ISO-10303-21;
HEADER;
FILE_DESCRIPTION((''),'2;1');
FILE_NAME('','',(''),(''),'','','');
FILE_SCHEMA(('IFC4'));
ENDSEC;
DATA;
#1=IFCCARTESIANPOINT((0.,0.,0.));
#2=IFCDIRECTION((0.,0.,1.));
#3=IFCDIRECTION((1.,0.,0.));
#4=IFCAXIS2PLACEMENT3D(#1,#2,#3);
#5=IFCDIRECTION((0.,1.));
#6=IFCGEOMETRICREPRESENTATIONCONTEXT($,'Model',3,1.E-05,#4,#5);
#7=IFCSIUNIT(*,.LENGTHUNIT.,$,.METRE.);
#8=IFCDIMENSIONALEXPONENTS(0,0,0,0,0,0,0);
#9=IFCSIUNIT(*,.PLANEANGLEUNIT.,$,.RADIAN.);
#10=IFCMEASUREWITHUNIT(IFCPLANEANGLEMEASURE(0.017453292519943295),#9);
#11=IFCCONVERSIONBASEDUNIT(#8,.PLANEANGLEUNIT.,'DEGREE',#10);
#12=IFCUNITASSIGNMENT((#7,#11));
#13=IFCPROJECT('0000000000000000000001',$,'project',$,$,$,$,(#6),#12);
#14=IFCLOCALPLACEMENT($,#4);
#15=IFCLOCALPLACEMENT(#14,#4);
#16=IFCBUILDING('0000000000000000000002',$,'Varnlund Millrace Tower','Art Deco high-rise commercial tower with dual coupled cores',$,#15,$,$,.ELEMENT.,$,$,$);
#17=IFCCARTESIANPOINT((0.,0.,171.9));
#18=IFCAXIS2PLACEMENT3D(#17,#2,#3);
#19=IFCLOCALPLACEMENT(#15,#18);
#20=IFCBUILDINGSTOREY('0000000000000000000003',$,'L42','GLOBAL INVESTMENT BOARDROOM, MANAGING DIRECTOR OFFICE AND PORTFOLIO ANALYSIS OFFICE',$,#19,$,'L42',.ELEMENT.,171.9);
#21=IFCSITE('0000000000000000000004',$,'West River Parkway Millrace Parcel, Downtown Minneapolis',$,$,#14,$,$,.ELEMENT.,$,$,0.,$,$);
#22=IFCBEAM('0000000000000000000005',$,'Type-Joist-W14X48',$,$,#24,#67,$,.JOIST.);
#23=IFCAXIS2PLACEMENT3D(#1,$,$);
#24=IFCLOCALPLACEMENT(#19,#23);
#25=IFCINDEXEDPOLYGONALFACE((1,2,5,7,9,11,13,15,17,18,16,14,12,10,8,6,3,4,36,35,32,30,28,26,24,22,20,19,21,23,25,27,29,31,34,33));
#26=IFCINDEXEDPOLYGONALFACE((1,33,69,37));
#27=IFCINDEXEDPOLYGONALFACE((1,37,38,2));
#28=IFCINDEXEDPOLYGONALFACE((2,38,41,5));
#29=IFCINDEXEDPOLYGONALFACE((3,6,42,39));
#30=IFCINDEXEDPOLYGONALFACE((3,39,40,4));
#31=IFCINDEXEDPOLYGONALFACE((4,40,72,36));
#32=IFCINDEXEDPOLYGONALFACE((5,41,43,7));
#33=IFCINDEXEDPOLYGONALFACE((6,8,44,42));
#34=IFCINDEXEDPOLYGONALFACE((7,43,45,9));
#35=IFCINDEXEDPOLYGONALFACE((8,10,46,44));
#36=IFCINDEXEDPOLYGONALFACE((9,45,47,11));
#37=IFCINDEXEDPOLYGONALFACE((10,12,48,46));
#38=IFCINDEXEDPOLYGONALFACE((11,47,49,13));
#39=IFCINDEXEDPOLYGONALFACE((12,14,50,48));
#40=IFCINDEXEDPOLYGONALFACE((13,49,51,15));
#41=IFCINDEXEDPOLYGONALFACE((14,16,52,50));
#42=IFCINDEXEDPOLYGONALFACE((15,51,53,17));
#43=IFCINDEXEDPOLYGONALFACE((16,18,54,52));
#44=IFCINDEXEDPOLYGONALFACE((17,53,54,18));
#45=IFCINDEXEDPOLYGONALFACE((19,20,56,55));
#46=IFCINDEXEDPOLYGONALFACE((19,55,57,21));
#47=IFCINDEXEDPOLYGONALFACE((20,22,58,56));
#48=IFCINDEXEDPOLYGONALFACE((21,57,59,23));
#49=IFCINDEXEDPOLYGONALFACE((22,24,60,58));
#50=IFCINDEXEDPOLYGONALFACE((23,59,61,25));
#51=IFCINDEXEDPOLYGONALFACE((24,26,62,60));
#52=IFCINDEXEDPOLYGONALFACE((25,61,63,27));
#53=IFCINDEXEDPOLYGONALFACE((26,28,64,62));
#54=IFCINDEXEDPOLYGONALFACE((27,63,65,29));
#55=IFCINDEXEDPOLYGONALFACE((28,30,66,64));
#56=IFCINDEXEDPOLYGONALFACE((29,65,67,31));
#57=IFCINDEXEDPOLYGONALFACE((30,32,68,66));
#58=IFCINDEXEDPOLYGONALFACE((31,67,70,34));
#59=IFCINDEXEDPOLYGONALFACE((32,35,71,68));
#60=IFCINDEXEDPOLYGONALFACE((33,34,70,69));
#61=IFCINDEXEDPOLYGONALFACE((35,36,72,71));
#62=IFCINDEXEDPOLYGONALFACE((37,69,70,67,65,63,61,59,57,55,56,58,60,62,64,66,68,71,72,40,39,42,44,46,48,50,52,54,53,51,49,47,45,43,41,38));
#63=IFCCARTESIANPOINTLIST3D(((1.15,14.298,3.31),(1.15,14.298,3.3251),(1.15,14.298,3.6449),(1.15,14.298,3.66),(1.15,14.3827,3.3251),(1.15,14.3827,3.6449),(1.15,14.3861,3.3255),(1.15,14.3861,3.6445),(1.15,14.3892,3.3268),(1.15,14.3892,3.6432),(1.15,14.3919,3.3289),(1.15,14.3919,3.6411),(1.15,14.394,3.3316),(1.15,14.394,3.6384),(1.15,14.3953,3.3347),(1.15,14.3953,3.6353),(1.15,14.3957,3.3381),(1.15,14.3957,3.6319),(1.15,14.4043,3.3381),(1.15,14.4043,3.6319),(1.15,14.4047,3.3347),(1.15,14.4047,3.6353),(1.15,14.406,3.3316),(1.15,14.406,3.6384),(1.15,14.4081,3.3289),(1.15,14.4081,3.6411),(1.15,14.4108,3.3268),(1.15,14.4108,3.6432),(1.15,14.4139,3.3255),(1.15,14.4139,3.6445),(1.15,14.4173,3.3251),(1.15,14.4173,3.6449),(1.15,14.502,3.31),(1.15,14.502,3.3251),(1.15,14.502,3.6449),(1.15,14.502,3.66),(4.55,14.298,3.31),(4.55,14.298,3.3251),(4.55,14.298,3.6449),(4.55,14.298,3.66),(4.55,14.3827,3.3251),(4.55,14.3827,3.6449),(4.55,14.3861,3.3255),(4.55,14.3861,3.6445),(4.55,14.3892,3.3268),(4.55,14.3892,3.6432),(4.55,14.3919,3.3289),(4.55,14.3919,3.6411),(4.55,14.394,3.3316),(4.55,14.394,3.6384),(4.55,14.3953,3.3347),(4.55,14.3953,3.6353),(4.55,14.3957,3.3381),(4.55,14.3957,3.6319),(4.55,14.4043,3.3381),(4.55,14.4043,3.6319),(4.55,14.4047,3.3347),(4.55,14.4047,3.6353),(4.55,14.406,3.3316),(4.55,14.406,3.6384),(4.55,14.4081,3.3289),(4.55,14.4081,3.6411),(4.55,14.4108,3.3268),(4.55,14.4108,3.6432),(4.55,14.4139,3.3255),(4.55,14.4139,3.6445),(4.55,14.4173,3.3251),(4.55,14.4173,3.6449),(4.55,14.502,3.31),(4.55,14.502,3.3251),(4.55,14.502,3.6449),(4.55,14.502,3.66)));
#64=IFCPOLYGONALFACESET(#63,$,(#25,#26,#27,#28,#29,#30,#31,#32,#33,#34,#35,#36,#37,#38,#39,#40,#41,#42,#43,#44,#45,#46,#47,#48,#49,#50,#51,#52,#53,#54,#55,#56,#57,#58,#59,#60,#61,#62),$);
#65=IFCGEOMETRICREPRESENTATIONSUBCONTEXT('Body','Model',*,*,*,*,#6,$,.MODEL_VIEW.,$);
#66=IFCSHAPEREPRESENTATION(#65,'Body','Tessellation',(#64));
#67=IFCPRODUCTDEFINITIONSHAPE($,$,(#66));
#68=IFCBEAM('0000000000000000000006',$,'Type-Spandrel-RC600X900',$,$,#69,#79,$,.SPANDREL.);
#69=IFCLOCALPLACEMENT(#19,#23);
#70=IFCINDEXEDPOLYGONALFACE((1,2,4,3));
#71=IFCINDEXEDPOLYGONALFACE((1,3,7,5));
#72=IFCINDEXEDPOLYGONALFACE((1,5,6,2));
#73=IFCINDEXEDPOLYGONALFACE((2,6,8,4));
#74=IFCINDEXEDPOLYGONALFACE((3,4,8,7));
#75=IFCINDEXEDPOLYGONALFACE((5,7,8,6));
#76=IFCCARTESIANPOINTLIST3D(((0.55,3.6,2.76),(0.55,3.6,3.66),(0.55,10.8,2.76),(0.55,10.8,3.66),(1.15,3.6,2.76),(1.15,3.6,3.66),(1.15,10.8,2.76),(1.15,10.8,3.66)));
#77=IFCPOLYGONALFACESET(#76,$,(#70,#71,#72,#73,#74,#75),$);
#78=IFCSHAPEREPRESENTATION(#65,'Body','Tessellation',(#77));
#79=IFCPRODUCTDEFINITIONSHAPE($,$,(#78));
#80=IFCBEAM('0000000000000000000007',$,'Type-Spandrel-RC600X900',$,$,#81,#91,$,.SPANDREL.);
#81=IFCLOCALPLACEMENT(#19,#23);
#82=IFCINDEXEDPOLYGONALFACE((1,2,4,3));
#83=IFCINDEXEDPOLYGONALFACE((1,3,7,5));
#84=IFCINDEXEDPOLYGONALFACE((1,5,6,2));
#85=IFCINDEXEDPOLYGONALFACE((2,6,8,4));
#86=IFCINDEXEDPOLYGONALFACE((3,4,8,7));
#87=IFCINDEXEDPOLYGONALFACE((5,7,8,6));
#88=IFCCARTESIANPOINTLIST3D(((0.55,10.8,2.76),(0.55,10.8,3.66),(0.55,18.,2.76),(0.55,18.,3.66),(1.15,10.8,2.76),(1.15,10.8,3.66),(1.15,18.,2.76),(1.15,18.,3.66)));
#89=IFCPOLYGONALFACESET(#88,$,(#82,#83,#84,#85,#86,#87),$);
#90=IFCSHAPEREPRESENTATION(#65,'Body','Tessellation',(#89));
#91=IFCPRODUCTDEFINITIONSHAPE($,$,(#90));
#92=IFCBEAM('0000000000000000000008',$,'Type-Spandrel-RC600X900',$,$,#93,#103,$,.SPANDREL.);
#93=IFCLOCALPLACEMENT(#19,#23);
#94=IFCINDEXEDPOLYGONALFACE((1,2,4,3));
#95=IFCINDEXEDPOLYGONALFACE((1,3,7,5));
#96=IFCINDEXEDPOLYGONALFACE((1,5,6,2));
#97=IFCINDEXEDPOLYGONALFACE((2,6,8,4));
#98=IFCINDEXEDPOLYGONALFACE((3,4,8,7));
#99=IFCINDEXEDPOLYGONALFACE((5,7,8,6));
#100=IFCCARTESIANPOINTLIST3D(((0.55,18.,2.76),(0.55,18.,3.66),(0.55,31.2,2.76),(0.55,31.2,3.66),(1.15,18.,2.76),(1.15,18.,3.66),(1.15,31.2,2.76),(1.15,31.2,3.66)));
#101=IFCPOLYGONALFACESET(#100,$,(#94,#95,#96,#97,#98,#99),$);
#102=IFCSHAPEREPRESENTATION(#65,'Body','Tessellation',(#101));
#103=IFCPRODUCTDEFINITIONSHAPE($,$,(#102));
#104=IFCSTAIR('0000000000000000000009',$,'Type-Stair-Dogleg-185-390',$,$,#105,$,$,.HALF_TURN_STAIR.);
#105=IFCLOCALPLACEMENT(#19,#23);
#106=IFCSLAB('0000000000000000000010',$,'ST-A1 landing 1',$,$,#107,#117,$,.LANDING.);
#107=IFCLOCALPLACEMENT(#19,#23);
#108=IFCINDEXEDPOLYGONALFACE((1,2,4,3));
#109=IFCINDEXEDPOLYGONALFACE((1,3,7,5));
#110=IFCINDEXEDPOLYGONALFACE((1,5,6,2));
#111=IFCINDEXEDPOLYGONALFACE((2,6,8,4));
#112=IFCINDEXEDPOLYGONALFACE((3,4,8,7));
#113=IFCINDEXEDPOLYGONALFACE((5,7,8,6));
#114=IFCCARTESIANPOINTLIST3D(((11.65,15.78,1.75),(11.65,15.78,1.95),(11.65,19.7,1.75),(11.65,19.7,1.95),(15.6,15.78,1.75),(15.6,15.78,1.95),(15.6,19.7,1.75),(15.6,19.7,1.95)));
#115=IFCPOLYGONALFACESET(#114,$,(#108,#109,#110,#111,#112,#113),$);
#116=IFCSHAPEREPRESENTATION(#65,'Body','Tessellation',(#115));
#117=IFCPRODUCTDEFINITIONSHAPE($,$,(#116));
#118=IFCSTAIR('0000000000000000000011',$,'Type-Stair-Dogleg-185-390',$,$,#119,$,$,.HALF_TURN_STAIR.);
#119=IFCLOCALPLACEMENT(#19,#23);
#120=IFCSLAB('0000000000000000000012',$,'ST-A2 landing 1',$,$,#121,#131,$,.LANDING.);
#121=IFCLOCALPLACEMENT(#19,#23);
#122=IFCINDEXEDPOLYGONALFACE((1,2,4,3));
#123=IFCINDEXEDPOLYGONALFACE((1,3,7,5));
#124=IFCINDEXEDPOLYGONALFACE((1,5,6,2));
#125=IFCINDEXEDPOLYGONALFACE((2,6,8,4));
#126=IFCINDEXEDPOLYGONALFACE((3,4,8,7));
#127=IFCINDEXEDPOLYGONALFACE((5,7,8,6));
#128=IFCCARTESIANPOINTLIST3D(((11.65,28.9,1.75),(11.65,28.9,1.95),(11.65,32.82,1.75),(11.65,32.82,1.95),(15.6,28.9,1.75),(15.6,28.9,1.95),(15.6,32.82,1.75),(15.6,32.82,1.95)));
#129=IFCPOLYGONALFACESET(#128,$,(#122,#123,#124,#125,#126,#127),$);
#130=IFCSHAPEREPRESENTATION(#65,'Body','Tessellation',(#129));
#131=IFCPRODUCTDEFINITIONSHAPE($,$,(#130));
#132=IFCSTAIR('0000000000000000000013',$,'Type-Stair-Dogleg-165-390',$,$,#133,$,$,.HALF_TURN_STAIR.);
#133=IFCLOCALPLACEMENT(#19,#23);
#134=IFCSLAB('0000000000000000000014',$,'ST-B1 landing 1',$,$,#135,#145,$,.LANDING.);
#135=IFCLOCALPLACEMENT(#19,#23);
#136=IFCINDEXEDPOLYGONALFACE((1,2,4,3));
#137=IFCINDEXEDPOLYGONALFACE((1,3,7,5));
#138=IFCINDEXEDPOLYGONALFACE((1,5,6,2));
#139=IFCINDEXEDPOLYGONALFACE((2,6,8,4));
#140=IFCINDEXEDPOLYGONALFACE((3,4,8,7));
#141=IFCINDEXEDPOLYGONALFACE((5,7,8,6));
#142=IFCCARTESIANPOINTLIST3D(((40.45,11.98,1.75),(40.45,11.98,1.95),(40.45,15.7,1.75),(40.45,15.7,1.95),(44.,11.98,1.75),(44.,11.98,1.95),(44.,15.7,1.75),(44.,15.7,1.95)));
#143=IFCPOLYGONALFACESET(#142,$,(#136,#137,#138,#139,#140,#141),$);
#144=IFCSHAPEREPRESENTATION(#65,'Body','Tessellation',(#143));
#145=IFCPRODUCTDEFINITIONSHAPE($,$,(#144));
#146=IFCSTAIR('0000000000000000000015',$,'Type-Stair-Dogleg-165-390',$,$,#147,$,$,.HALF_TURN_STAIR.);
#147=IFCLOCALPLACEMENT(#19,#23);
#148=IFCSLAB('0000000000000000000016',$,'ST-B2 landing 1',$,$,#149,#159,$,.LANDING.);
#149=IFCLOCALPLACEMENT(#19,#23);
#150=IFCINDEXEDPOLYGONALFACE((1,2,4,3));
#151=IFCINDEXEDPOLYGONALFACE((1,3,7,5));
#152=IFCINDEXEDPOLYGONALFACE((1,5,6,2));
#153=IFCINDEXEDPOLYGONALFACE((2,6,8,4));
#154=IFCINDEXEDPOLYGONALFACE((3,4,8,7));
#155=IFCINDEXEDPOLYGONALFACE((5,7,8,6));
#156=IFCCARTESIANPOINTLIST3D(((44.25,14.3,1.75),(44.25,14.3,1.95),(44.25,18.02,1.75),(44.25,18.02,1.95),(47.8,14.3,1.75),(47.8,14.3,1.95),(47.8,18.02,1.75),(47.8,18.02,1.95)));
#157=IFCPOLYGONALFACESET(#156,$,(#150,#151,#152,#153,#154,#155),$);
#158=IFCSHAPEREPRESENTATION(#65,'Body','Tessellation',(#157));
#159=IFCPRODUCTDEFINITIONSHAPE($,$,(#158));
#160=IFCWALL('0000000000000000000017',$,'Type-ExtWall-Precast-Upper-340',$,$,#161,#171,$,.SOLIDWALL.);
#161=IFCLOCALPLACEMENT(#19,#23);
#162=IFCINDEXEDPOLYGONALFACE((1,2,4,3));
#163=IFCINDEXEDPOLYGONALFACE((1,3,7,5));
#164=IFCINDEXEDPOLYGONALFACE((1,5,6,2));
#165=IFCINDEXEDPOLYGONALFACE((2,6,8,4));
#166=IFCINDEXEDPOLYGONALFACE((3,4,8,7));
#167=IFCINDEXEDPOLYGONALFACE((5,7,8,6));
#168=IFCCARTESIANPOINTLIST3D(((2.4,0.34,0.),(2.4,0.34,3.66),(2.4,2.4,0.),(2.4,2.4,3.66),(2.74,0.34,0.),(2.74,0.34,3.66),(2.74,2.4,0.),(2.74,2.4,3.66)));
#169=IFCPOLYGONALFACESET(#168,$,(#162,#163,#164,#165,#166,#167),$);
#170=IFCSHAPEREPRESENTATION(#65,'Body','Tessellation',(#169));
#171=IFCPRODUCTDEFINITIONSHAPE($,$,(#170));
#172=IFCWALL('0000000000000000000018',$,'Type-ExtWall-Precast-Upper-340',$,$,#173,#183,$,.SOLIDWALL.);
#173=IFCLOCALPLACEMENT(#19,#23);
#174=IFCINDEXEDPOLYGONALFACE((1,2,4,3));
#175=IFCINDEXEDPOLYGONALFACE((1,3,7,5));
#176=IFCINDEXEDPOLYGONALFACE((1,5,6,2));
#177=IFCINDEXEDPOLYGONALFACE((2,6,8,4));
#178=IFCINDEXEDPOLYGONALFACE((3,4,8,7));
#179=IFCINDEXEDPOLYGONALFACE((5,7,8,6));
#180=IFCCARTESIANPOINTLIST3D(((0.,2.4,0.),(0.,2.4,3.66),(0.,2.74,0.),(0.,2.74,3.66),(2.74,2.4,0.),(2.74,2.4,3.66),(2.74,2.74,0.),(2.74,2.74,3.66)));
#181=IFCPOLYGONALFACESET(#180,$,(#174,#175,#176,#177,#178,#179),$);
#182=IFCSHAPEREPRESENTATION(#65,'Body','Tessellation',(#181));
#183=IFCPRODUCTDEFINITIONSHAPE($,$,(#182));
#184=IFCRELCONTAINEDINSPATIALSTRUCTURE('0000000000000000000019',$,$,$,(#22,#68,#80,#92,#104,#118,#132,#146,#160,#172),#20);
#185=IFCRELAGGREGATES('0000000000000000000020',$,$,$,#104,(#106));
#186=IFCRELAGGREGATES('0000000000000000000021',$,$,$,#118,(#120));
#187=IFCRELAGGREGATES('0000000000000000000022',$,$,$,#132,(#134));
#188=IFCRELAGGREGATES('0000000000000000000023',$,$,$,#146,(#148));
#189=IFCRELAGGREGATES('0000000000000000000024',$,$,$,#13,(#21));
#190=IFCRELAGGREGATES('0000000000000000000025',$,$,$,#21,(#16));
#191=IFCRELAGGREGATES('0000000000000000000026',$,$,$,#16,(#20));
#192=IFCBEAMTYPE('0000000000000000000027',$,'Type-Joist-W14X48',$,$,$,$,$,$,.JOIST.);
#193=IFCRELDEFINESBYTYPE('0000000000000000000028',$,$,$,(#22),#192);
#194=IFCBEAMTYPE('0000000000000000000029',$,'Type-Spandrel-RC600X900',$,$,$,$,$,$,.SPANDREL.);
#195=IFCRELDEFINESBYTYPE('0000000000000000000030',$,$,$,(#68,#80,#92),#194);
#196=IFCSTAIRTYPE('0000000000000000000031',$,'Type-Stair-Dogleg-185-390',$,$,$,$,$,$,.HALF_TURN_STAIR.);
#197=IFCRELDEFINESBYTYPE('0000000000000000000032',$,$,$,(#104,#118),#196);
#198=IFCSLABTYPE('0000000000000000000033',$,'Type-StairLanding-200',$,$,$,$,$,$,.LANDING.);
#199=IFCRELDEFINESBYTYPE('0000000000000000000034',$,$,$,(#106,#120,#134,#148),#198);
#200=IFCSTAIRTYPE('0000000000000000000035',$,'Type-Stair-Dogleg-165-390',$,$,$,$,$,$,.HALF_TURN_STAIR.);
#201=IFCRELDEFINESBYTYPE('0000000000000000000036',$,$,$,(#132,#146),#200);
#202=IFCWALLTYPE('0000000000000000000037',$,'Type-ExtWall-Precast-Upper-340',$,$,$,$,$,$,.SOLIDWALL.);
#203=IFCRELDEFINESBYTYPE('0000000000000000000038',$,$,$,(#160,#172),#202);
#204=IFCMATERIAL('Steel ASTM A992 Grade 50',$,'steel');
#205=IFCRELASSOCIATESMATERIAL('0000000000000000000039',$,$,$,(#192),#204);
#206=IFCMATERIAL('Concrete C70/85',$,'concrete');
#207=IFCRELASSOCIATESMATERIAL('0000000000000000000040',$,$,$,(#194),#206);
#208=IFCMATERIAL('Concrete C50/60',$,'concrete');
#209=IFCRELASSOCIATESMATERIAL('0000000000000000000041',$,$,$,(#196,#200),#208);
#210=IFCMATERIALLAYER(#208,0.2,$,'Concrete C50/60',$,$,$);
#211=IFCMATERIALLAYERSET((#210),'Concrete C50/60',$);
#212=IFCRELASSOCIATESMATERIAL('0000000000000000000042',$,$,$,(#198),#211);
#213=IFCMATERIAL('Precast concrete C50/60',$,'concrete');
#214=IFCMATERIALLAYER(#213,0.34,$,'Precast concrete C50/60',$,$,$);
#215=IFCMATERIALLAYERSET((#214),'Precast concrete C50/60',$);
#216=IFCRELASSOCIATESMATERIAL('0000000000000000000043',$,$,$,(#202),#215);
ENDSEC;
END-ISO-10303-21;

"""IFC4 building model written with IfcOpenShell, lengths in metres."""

from ifc_helpers import new_model, entity, si_unit, converted_unit, direction, frame, origin_with_axes, origin_2d_with_axis, place, context, subcontext, project, spatial, polyline, rectangle, i_section, outline, extrude, material, layer, layer_set, material_profile, profile_set, type_object, element, aggregate, save


model = new_model("IFC4")

# Units and contexts
model_context = context("Model", 3, precision=1e-05, world=origin_with_axes(), true_north=direction((0.0, 1.0)))
body_context = subcontext(model_context, "Body", "Model", "MODEL_VIEW")
ifc_project = project(units=[si_unit("LENGTHUNIT", "METRE"), converted_unit("PLANEANGLEUNIT", "DEGREE", entity("IfcPlaneAngleMeasure", 0.017453292519943295), si_unit("PLANEANGLEUNIT", "RADIAN"), dimensions=[0, 0, 0, 0, 0, 0, 0])], contexts=[model_context])

# Site, building, storey
site_placement = place(None, origin_with_axes())
site = spatial("IfcSite", under=ifc_project, at=site_placement, Name="West River Parkway Millrace Parcel, Downtown Minneapolis", CompositionType="ELEMENT", RefElevation=0.0)
building_placement = place(site_placement, origin_with_axes())
building = spatial("IfcBuilding", under=site, at=building_placement, Name="Varnlund Millrace Tower", Description="Art Deco high-rise commercial tower with dual coupled cores", CompositionType="ELEMENT")
storey_placement = place(building_placement, frame((0.0, 0.0, 171.9), z_axis=(0.0, 0.0, 1.0), x_axis=(1.0, 0.0, 0.0)))
storey = spatial("IfcBuildingStorey", under=building, at=storey_placement, Name="L42", Description="GLOBAL INVESTMENT BOARDROOM, MANAGING DIRECTOR OFFICE AND PORTFOLIO ANALYSIS OFFICE", LongName="L42", CompositionType="ELEMENT", Elevation=171.9)

# Beams
ifc_material_1 = material(Name="Steel ASTM A992 Grade 50", Category="steel")
ifc_material_profile_1 = material_profile(ifc_material_1, i_section(OverallWidth=0.204, OverallDepth=0.35, WebThickness=0.0086, FlangeThickness=0.0151, FilletRadius=0.013, at=origin_2d_with_axis()), Name="Steel ASTM A992 Grade 50")
ifc_profile_set_1 = profile_set([ifc_material_profile_1], Name="Steel ASTM A992 Grade 50")
beam_type_1 = type_object("IfcBeamType", Name="Type-Joist-W14X48", PredefinedType="JOIST", material=ifc_profile_set_1)
for number, where, z_axis, x_axis, name in (
    (1, (1.15, 14.4, 3.485), (1.0, 0.0, 0.0), (0.0, 1.0, 0.0), "Type-Joist-W14X48"),
):
    element("IfcBeam", number, at=place(storey_placement, frame(where, z_axis=z_axis, x_axis=x_axis)), inside=storey, type_object=beam_type_1, Name=name, PredefinedType="JOIST", context=body_context, shape_type="SweptSolid", body=[
        extrude(i_section(OverallWidth=0.204, OverallDepth=0.35, WebThickness=0.0086, FlangeThickness=0.0151, FilletRadius=0.013, at=origin_2d_with_axis()), origin_with_axes(), (0.0, 0.0, 1.0), 3.4),
    ])
ifc_material_2 = material(Name="Concrete C70/85", Category="concrete")
ifc_material_profile_2 = material_profile(ifc_material_2, rectangle(XDim=0.6, YDim=0.9, at=origin_2d_with_axis()), Name="Concrete C70/85")
ifc_profile_set_2 = profile_set([ifc_material_profile_2], Name="Concrete C70/85")
beam_type_2 = type_object("IfcBeamType", Name="Type-Spandrel-RC600X900", PredefinedType="SPANDREL", material=ifc_profile_set_2)
for number, where, z_axis, x_axis, name in (
    (2, (0.85, 3.6, 3.21), (0.0, 1.0, 0.0), (-1.0, 0.0, 0.0), "Type-Spandrel-RC600X900"),
    (3, (0.85, 10.8, 3.21), (0.0, 1.0, 0.0), (-1.0, 0.0, 0.0), "Type-Spandrel-RC600X900"),
):
    element("IfcBeam", number, at=place(storey_placement, frame(where, z_axis=z_axis, x_axis=x_axis)), inside=storey, type_object=beam_type_2, Name=name, PredefinedType="SPANDREL", context=body_context, shape_type="SweptSolid", body=[
        extrude(rectangle(XDim=0.6, YDim=0.9, at=origin_2d_with_axis()), origin_with_axes(), (0.0, 0.0, 1.0), 7.2),
    ])
beam_1_placement = place(storey_placement, frame((0.85, 18.0, 3.21), z_axis=(0.0, 1.0, 0.0), x_axis=(-1.0, 0.0, 0.0)))
element("IfcBeam", 4, at=beam_1_placement, inside=storey, type_object=beam_type_2, Name="Type-Spandrel-RC600X900", PredefinedType="SPANDREL", context=body_context, shape_type="SweptSolid", body=[
    extrude(rectangle(XDim=0.6, YDim=0.9, at=origin_2d_with_axis()), origin_with_axes(), (0.0, 0.0, 1.0), 13.2),
])

# Stairs, slabs
ifc_material_3 = material(Name="Concrete C50/60", Category="concrete")
stair_type_1 = type_object("IfcStairType", Name="Type-Stair-Dogleg-185-390", PredefinedType="HALF_TURN_STAIR", material=ifc_material_3)
stair_1_placement = place(storey_placement, origin_with_axes())
stair_1 = element("IfcStair", 5, at=stair_1_placement, inside=storey, type_object=stair_type_1, Name="Type-Stair-Dogleg-185-390", PredefinedType="HALF_TURN_STAIR")
ifc_layer_1 = layer(ifc_material_3, 0.2, Name="Concrete C50/60")
ifc_layer_set_1 = layer_set([ifc_layer_1], Name="Concrete C50/60")
slab_type = type_object("IfcSlabType", Name="Type-StairLanding-200", PredefinedType="LANDING", material=ifc_layer_set_1)
slab_1_placement = place(storey_placement, frame((0.0, 0.0, 1.75), z_axis=(0.0, 0.0, 1.0), x_axis=(1.0, 0.0, 0.0)))
slab_1 = element("IfcSlab", 6, at=slab_1_placement, type_object=slab_type, Name="ST-A1 landing 1", PredefinedType="LANDING", context=body_context, shape_type="SweptSolid", body=[
    extrude(outline(polyline([(15.6, 15.78), (15.6, 19.7), (11.65, 19.7), (11.65, 15.78), (15.6, 15.78)])), origin_with_axes(), (0.0, 0.0, 1.0), 0.2),
])
aggregate(stair_1, [slab_1])
stair_2_placement = place(storey_placement, origin_with_axes())
stair_2 = element("IfcStair", 7, at=stair_2_placement, inside=storey, type_object=stair_type_1, Name="Type-Stair-Dogleg-185-390", PredefinedType="HALF_TURN_STAIR")
slab_2_placement = place(storey_placement, frame((0.0, 0.0, 1.75), z_axis=(0.0, 0.0, 1.0), x_axis=(1.0, 0.0, 0.0)))
slab_2 = element("IfcSlab", 8, at=slab_2_placement, type_object=slab_type, Name="ST-A2 landing 1", PredefinedType="LANDING", context=body_context, shape_type="SweptSolid", body=[
    extrude(outline(polyline([(11.65, 32.82), (11.65, 28.9), (15.6, 28.9), (15.6, 32.82), (11.65, 32.82)])), origin_with_axes(), (0.0, 0.0, 1.0), 0.2),
])
aggregate(stair_2, [slab_2])
stair_type_2 = type_object("IfcStairType", Name="Type-Stair-Dogleg-165-390", PredefinedType="HALF_TURN_STAIR", material=ifc_material_3)
stair_3_placement = place(storey_placement, origin_with_axes())
stair_3 = element("IfcStair", 9, at=stair_3_placement, inside=storey, type_object=stair_type_2, Name="Type-Stair-Dogleg-165-390", PredefinedType="HALF_TURN_STAIR")
slab_3_placement = place(storey_placement, frame((0.0, 0.0, 1.75), z_axis=(0.0, 0.0, 1.0), x_axis=(1.0, 0.0, 0.0)))
slab_3 = element("IfcSlab", 10, at=slab_3_placement, type_object=slab_type, Name="ST-B1 landing 1", PredefinedType="LANDING", context=body_context, shape_type="SweptSolid", body=[
    extrude(outline(polyline([(44.0, 11.98), (44.0, 15.7), (40.45, 15.7), (40.45, 11.98), (44.0, 11.98)])), origin_with_axes(), (0.0, 0.0, 1.0), 0.2),
])
aggregate(stair_3, [slab_3])
stair_4_placement = place(storey_placement, origin_with_axes())
stair_4 = element("IfcStair", 11, at=stair_4_placement, inside=storey, type_object=stair_type_2, Name="Type-Stair-Dogleg-165-390", PredefinedType="HALF_TURN_STAIR")
slab_4_placement = place(storey_placement, frame((0.0, 0.0, 1.75), z_axis=(0.0, 0.0, 1.0), x_axis=(1.0, 0.0, 0.0)))
slab_4 = element("IfcSlab", 12, at=slab_4_placement, type_object=slab_type, Name="ST-B2 landing 1", PredefinedType="LANDING", context=body_context, shape_type="SweptSolid", body=[
    extrude(outline(polyline([(44.25, 18.02), (44.25, 14.3), (47.8, 14.3), (47.8, 18.02), (44.25, 18.02)])), origin_with_axes(), (0.0, 0.0, 1.0), 0.2),
])
aggregate(stair_4, [slab_4])

# Walls
ifc_material_4 = material(Name="Precast concrete C50/60", Category="concrete")
ifc_layer_2 = layer(ifc_material_4, 0.34, Name="Precast concrete C50/60")
ifc_layer_set_2 = layer_set([ifc_layer_2], Name="Precast concrete C50/60")
wall_type = type_object("IfcWallType", Name="Type-ExtWall-Precast-Upper-340", PredefinedType="SOLIDWALL", material=ifc_layer_set_2)
wall_1_placement = place(storey_placement, frame((2.57, 0.34, 0.0), z_axis=(0.0, 0.0, 1.0), x_axis=(0.0, 1.0, 0.0)))
element("IfcWall", 13, at=wall_1_placement, inside=storey, type_object=wall_type, Name="Type-ExtWall-Precast-Upper-340", PredefinedType="SOLIDWALL", context=body_context, shape_type="SweptSolid", body=[
    extrude(outline(polyline([(0.0, -0.17), (2.06, -0.17), (2.06, 0.17), (0.0, 0.17), (0.0, -0.17)])), origin_with_axes(), (0.0, 0.0, 1.0), 3.66),
])
wall_2_placement = place(storey_placement, frame((2.74, 2.57, 0.0), z_axis=(0.0, 0.0, 1.0), x_axis=(-1.0, 0.0, 0.0)))
element("IfcWall", 14, at=wall_2_placement, inside=storey, type_object=wall_type, Name="Type-ExtWall-Precast-Upper-340", PredefinedType="SOLIDWALL", context=body_context, shape_type="SweptSolid", body=[
    extrude(outline(polyline([(0.0, -0.17), (2.74, -0.17), (2.74, 0.17), (0.0, 0.17), (0.0, -0.17)])), origin_with_axes(), (0.0, 0.0, 1.0), 3.66),
])

save(model, "model.ifc")
